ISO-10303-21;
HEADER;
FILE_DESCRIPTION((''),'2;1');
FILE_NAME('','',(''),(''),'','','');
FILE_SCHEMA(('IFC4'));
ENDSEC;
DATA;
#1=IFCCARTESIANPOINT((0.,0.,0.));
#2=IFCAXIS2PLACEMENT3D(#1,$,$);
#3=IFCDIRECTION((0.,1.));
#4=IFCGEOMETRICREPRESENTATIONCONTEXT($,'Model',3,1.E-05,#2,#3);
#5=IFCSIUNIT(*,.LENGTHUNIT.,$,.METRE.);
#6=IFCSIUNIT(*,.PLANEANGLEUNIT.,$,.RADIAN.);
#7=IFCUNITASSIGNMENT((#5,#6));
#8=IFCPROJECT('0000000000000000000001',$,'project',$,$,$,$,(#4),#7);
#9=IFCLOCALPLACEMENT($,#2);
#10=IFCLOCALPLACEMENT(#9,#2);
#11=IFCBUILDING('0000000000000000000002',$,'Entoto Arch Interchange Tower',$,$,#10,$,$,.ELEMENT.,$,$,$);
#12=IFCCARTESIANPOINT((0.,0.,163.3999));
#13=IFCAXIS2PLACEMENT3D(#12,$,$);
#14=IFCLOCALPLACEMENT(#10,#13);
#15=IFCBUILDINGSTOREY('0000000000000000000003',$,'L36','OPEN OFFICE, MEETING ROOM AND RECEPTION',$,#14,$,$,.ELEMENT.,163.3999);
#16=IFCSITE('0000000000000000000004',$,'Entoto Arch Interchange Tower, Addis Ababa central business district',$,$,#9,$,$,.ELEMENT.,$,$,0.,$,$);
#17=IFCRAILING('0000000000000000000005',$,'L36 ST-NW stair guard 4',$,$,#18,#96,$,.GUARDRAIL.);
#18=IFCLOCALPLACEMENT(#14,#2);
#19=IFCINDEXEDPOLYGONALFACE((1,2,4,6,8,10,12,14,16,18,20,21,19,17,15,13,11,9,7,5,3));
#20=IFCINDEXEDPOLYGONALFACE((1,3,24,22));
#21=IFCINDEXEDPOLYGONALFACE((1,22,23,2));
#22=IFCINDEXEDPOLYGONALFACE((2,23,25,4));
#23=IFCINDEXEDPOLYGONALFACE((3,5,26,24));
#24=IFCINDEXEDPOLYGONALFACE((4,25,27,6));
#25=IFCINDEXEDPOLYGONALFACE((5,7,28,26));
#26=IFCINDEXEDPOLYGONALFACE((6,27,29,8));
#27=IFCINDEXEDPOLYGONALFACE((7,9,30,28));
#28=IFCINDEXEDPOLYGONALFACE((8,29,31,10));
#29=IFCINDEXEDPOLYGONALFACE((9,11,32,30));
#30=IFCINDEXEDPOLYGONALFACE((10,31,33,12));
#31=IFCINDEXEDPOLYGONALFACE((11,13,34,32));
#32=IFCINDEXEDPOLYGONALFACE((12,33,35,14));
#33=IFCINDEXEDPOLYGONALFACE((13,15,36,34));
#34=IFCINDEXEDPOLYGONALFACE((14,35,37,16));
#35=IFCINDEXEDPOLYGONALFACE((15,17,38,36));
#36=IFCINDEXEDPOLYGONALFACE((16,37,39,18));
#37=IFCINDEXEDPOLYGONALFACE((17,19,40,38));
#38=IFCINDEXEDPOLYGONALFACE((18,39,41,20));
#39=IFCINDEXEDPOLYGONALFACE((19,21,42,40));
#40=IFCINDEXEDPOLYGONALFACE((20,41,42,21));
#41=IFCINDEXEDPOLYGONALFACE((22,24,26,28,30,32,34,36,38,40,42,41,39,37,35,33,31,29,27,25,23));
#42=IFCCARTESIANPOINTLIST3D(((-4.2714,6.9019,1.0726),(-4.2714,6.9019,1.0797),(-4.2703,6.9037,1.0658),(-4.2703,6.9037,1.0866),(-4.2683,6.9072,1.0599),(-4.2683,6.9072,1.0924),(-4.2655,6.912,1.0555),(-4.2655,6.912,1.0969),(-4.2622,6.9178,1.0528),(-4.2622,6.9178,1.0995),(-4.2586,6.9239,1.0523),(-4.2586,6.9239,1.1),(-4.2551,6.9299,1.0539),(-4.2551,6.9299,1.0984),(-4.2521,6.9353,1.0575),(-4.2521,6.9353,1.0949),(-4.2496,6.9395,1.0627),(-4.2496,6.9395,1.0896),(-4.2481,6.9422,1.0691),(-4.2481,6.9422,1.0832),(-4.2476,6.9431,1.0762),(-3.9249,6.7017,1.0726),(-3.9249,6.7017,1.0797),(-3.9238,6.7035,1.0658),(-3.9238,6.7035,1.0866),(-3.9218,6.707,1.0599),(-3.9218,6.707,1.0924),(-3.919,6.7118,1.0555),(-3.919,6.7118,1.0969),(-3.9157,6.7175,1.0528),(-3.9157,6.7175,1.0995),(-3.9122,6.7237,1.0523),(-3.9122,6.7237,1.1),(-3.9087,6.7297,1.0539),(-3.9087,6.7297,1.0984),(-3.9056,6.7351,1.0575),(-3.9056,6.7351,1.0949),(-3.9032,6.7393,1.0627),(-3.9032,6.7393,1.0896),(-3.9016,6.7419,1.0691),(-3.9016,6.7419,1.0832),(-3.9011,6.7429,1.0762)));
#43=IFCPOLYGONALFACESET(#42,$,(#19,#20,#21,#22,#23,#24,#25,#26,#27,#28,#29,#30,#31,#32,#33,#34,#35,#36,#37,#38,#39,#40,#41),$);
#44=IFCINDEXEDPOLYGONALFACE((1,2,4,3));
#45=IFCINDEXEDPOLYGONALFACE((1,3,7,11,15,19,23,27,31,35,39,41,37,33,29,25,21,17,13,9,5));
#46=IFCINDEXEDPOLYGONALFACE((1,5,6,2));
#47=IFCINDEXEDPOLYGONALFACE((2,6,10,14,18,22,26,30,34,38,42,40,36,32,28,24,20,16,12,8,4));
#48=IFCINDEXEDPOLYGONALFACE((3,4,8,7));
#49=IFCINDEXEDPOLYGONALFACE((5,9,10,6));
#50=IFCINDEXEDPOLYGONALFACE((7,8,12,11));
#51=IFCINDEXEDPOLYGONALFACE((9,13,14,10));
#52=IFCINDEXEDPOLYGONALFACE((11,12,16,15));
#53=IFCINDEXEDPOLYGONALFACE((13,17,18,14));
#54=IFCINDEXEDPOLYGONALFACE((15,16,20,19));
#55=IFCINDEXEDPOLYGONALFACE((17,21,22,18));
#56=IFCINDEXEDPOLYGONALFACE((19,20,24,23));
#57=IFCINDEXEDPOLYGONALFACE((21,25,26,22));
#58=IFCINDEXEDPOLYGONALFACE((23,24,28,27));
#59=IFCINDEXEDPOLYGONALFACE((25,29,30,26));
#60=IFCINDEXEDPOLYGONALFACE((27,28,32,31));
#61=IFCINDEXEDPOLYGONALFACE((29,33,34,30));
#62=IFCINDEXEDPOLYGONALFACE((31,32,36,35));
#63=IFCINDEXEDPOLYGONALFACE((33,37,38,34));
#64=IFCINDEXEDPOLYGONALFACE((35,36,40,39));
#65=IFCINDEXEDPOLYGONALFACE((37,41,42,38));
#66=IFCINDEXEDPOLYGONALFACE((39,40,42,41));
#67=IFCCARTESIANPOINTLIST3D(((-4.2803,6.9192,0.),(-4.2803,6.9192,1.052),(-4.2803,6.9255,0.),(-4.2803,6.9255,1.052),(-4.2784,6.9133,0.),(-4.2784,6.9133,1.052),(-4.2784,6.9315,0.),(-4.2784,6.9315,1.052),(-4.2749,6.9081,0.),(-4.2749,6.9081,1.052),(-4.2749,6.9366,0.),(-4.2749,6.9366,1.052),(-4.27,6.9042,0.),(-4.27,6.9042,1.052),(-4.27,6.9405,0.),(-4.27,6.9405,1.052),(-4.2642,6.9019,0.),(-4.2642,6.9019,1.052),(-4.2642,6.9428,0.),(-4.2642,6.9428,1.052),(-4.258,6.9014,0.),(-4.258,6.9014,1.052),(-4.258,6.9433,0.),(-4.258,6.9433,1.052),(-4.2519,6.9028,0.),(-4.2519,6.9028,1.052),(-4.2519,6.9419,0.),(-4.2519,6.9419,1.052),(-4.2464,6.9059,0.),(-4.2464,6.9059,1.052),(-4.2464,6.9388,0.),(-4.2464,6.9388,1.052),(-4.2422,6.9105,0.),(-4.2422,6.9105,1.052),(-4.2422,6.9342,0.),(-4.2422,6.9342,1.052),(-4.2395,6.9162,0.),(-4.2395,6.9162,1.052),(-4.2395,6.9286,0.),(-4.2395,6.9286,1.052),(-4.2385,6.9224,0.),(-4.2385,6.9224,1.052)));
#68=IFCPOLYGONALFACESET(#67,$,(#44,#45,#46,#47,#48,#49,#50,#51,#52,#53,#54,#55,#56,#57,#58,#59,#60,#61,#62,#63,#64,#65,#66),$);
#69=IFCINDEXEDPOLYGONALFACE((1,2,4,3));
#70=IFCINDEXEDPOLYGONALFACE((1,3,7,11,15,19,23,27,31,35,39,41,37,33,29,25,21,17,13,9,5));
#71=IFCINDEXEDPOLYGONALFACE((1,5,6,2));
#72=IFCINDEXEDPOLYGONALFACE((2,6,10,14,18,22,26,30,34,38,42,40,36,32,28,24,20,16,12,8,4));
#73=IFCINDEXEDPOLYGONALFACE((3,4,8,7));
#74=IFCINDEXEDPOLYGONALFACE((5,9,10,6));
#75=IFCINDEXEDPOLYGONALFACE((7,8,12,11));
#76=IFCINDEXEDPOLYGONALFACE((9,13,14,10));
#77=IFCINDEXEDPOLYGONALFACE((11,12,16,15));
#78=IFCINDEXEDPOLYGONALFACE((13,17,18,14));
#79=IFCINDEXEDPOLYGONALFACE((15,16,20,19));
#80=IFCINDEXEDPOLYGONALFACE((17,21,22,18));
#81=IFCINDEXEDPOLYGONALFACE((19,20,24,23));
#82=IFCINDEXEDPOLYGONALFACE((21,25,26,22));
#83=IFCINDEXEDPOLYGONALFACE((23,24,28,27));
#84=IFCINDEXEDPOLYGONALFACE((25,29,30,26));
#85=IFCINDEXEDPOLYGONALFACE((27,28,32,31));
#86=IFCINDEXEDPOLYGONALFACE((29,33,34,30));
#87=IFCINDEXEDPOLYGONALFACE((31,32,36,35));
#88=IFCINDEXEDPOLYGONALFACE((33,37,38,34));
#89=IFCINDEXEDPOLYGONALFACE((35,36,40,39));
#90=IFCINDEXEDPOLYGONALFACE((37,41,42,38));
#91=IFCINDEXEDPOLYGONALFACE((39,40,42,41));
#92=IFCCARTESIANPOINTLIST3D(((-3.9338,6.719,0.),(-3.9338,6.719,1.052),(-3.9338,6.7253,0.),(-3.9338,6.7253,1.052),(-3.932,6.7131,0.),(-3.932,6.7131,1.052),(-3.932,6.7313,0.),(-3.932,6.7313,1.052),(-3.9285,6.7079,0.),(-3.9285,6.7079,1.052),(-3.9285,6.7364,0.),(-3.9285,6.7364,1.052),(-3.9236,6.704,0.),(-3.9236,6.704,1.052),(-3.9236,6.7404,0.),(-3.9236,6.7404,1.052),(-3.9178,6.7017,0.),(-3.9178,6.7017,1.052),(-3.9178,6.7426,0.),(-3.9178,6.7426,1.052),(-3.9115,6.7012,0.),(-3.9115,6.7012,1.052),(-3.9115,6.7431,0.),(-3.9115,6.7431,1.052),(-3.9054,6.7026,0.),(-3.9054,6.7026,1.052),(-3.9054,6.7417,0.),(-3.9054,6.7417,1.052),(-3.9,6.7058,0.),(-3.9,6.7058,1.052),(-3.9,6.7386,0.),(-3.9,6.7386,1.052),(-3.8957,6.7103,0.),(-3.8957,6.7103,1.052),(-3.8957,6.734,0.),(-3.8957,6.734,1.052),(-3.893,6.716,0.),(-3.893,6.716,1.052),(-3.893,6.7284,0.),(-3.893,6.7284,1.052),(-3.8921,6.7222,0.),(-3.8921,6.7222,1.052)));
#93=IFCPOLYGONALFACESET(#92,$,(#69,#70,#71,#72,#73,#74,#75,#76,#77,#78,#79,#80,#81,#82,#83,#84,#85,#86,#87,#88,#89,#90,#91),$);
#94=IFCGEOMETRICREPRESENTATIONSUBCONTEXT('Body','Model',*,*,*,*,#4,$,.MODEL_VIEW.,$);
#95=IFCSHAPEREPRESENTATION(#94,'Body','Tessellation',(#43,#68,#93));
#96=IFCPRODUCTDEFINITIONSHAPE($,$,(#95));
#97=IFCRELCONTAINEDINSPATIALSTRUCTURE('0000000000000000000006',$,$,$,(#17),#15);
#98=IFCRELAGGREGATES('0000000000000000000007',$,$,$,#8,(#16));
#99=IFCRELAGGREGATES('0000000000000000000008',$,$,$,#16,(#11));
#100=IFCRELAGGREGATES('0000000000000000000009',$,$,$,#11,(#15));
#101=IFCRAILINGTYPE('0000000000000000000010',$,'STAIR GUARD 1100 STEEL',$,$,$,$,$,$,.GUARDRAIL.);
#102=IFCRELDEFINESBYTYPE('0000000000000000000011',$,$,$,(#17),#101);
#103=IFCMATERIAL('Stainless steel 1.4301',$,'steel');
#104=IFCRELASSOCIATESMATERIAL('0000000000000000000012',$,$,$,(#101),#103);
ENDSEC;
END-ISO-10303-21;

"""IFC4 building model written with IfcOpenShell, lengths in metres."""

from ifc_helpers import new_model, si_unit, direction, frame, origin, origin_2d, place, context, subcontext, project, spatial, circle, extrude, material, type_object, element, save


model = new_model("IFC4")

# Units and contexts
model_context = context("Model", 3, precision=1e-05, world=origin(), true_north=direction((0.0, 1.0)))
body_context = subcontext(model_context, "Body", "Model", "MODEL_VIEW")
ifc_project = project(units=[si_unit("LENGTHUNIT", "METRE"), si_unit("PLANEANGLEUNIT", "RADIAN")], contexts=[model_context])

# Site, building, storey
site_placement = place(None, origin())
site = spatial("IfcSite", under=ifc_project, at=site_placement, Name="Entoto Arch Interchange Tower, Addis Ababa central business district", CompositionType="ELEMENT", RefElevation=0.0)
building_placement = place(site_placement, origin())
building = spatial("IfcBuilding", under=site, at=building_placement, Name="Entoto Arch Interchange Tower", CompositionType="ELEMENT")
storey_placement = place(building_placement, frame((0.0, 0.0, 163.3999)))
storey = spatial("IfcBuildingStorey", under=building, at=storey_placement, Name="L36", Description="OPEN OFFICE, MEETING ROOM AND RECEPTION", CompositionType="ELEMENT", Elevation=163.3999)

# Railing
ifc_material_1 = material(Name="Stainless steel 1.4301", Category="steel")
railing_type_1 = type_object("IfcRailingType", Name="STAIR GUARD 1100 STEEL", PredefinedType="GUARDRAIL", material=ifc_material_1)
railing_1_placement = place(storey_placement, frame((-4.2595, 6.9224, 0.0)))
element("IfcRailing", 1, at=railing_1_placement, inside=storey, type_object=railing_type_1, Name="L36 ST-NW stair guard 4", PredefinedType="GUARDRAIL", context=body_context, shape_type="SweptSolid", body=[
    extrude(circle(Radius=0.0239, at=origin_2d()), frame((0.0, 0.0, 1.0762), z_axis=(0.86583, -0.500339, 0.0), x_axis=(0.500339, 0.86583, 0.0)), (0.0, 0.0, 1.0), 0.4001),
    extrude(circle(Radius=0.021, at=origin_2d()), origin(), (0.0, 0.0, 1.0), 1.052),
    extrude(circle(Radius=0.021, at=origin_2d()), frame((0.3464, -0.2002, 0.0)), (0.0, 0.0, 1.0), 1.052),
])

save(model, "model.ifc")
